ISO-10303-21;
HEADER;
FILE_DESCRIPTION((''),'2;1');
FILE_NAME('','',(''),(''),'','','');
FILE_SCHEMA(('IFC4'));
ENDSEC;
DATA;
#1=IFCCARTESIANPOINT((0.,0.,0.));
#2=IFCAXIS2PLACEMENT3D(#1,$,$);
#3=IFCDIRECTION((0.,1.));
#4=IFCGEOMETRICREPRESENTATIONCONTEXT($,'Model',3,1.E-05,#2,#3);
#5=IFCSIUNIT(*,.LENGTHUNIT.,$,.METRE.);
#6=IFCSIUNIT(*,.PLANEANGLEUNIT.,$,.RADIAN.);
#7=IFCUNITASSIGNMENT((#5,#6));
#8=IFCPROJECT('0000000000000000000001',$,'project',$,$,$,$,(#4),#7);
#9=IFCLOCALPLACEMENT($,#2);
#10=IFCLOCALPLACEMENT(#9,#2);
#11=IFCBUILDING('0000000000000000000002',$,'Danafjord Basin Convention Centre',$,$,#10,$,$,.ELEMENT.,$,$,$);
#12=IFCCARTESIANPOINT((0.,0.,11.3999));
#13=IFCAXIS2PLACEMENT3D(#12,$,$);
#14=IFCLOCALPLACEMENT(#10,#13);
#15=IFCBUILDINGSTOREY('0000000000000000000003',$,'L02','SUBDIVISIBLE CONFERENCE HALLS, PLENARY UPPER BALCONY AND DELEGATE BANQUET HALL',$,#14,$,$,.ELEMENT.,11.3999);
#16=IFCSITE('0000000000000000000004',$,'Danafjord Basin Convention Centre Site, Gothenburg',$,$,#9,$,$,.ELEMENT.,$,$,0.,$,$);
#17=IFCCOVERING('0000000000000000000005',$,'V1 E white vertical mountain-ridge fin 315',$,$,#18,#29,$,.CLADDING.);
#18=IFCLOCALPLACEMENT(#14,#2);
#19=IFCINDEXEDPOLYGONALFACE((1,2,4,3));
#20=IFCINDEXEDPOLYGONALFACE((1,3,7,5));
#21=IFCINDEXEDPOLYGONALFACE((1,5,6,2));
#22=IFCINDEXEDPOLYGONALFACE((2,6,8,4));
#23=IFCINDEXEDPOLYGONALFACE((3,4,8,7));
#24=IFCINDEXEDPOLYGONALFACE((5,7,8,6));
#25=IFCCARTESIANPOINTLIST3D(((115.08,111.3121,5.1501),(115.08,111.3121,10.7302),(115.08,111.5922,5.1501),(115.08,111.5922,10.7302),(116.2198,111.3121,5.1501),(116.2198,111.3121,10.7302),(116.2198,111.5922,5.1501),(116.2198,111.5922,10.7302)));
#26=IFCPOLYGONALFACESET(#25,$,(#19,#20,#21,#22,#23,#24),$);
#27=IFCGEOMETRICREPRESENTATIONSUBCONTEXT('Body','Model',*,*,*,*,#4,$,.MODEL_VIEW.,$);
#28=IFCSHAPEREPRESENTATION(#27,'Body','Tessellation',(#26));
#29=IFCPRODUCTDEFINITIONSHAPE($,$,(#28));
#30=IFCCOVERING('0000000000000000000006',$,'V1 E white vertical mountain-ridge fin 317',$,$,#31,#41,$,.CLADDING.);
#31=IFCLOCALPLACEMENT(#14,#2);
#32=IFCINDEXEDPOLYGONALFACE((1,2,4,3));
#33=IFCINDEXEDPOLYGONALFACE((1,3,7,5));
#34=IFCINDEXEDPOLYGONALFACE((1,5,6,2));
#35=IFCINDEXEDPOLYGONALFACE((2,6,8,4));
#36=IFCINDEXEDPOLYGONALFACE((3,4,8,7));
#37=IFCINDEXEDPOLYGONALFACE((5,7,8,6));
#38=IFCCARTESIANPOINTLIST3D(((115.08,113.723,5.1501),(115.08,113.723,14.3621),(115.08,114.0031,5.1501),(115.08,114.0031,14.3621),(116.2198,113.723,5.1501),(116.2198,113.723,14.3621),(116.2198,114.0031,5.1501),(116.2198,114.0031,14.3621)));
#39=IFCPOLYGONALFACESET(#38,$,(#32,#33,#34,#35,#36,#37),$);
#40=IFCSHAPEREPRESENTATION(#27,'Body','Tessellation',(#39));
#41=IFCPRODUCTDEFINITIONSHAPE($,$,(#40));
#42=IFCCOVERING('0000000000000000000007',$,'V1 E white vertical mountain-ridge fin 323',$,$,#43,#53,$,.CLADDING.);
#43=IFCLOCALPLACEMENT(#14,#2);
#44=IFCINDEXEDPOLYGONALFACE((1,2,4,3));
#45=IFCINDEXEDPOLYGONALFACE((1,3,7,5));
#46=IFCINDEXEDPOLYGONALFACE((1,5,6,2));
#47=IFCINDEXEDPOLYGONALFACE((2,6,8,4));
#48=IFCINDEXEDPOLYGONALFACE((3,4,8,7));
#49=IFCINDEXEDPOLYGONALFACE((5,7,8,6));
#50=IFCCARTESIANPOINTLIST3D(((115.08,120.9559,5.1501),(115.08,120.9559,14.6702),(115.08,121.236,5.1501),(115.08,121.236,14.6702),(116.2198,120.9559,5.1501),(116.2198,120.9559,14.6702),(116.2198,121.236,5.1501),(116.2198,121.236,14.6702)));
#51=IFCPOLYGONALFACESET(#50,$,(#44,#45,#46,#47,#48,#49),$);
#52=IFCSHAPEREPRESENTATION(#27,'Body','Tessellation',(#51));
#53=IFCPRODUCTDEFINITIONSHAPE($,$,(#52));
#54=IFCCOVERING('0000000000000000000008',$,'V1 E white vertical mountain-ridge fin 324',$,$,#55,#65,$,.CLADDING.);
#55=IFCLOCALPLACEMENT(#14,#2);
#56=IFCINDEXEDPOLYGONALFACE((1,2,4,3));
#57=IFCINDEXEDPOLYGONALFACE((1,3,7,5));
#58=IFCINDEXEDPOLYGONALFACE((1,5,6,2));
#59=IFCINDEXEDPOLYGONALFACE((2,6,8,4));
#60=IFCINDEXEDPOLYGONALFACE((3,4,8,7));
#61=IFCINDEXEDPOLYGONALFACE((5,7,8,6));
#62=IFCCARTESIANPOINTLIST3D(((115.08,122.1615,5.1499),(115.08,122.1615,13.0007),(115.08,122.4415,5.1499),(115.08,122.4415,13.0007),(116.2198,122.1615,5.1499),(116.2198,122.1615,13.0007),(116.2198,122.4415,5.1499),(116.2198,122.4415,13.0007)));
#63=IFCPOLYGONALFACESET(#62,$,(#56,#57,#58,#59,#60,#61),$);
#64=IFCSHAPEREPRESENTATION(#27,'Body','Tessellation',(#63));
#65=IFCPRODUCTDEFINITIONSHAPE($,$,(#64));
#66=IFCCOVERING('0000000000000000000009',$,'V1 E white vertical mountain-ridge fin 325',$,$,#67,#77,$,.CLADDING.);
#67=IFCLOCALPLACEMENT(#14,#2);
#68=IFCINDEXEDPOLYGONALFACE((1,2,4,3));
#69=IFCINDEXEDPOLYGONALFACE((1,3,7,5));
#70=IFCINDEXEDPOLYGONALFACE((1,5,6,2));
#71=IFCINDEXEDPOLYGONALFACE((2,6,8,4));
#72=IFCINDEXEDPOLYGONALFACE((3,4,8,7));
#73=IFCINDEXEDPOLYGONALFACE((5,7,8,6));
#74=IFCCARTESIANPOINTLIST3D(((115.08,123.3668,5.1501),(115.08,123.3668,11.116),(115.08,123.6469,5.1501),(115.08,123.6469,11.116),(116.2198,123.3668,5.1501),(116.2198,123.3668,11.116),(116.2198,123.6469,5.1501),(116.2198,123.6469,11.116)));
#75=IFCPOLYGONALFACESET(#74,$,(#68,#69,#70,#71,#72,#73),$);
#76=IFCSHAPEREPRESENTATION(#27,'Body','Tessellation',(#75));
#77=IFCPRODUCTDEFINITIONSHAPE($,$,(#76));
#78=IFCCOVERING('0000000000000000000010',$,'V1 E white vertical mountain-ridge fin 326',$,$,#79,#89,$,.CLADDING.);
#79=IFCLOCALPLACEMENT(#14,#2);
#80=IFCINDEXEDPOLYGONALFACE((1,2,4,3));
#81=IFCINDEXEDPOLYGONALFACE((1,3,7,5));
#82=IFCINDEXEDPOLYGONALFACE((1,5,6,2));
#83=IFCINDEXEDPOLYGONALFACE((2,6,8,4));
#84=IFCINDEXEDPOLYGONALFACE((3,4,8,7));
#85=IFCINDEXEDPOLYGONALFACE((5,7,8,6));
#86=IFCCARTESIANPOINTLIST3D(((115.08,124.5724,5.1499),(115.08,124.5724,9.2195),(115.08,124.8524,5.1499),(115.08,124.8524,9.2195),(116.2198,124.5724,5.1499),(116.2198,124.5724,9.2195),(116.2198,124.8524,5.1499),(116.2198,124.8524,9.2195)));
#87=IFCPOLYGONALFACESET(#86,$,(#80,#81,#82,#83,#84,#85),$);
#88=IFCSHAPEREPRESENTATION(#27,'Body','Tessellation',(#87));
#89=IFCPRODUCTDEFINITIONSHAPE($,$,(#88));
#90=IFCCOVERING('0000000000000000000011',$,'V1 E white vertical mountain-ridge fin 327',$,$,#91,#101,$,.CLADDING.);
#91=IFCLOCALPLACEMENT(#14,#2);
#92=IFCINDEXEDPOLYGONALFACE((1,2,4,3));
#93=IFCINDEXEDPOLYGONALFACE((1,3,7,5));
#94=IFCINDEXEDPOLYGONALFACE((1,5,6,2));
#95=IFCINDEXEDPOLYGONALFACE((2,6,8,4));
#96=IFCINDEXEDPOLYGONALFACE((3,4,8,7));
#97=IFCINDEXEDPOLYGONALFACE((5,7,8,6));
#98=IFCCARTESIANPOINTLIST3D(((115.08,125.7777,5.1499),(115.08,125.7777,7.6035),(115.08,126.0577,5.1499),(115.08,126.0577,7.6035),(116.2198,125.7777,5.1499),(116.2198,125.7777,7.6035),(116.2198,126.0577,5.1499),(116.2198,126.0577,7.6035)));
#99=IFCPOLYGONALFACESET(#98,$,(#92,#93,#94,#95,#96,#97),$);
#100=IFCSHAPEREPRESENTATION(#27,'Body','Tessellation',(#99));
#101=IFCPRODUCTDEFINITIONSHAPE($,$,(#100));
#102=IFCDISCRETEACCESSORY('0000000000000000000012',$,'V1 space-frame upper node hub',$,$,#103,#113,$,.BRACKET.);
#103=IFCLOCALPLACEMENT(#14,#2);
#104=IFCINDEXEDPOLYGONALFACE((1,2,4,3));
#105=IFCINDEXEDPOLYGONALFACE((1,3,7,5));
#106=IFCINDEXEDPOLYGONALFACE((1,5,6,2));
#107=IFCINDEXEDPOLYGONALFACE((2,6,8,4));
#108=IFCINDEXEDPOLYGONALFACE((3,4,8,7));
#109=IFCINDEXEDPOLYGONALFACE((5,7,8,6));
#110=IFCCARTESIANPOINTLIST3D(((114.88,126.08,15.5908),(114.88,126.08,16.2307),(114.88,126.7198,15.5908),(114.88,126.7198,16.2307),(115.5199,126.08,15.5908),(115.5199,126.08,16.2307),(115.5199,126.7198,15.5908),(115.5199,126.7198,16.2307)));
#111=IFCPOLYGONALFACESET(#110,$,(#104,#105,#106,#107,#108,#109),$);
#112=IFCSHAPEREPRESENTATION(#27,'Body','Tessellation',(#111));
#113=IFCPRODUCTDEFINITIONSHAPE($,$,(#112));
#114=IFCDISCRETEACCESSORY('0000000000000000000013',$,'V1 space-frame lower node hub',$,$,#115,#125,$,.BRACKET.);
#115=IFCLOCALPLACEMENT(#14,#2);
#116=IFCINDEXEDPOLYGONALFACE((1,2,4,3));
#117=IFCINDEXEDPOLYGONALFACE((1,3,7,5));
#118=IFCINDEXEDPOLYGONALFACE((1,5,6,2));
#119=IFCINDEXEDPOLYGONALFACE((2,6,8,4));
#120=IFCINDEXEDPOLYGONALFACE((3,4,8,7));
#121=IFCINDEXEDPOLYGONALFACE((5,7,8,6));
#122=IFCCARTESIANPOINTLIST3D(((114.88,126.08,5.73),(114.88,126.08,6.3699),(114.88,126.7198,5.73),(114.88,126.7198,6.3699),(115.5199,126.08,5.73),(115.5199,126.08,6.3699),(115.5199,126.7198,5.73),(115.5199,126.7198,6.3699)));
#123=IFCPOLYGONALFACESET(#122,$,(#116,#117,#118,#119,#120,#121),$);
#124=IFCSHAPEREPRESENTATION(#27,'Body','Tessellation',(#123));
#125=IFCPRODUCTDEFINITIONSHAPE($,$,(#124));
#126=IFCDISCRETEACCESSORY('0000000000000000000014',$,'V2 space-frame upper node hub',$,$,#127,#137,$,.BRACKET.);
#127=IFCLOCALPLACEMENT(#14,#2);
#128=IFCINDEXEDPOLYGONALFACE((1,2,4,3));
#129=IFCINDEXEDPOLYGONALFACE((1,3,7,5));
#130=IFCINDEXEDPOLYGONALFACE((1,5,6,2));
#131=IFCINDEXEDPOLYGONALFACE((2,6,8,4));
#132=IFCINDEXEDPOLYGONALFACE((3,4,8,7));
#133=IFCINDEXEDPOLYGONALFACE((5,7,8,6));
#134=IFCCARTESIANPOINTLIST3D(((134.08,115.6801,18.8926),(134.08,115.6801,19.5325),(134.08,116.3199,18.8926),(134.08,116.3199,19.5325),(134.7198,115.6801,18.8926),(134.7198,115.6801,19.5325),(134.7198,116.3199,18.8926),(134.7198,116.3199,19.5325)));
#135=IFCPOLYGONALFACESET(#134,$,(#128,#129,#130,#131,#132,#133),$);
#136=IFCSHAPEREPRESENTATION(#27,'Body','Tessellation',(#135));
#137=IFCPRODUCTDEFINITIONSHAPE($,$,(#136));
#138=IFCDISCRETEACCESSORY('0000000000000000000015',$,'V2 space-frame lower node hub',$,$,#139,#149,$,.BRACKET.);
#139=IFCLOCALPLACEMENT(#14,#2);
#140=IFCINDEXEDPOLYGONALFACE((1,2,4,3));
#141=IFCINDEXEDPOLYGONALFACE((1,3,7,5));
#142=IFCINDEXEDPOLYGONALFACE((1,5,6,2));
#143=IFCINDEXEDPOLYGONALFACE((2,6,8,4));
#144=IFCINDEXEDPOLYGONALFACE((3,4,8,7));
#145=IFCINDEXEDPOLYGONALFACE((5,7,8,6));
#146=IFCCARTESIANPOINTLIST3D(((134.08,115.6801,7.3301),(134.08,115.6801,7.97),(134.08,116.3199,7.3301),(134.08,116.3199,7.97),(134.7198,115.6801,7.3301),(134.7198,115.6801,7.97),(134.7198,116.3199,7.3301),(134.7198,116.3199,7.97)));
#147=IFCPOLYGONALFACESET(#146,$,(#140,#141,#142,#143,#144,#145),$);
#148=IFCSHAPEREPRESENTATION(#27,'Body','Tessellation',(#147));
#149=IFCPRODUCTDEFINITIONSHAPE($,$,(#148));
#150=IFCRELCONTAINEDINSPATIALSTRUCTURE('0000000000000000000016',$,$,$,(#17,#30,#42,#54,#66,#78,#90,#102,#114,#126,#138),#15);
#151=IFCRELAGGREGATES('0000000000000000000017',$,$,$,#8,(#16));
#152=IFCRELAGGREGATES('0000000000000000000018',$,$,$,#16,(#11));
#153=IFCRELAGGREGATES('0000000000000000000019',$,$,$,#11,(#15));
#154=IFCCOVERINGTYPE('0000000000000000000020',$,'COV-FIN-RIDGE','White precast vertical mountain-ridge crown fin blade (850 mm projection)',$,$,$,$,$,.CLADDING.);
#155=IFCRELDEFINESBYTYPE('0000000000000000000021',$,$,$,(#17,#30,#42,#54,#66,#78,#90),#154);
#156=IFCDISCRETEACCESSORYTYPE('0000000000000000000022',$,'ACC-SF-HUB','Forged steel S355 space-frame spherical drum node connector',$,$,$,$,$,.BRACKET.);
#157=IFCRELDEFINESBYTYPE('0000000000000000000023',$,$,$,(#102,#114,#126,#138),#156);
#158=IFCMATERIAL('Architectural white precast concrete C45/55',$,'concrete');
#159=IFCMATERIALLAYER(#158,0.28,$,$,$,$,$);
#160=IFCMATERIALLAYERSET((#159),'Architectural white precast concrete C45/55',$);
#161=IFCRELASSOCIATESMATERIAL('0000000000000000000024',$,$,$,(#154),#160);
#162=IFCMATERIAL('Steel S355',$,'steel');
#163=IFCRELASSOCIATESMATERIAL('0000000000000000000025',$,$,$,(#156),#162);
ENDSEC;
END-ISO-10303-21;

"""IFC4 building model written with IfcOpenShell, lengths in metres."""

from ifc_helpers import new_model, si_unit, direction, frame, origin, origin_2d, place, context, subcontext, project, spatial, rectangle, extrude, material, layer, layer_set, type_object, element, save


model = new_model("IFC4")

# Units and contexts
model_context = context("Model", 3, precision=1e-05, world=origin(), true_north=direction((0.0, 1.0)))
body_context = subcontext(model_context, "Body", "Model", "MODEL_VIEW")
ifc_project = project(units=[si_unit("LENGTHUNIT", "METRE"), si_unit("PLANEANGLEUNIT", "RADIAN")], contexts=[model_context])

# Site, building, storey
site_placement = place(None, origin())
site = spatial("IfcSite", under=ifc_project, at=site_placement, Name="Danafjord Basin Convention Centre Site, Gothenburg", CompositionType="ELEMENT", RefElevation=0.0)
building_placement = place(site_placement, origin())
building = spatial("IfcBuilding", under=site, at=building_placement, Name="Danafjord Basin Convention Centre", CompositionType="ELEMENT")
storey_placement = place(building_placement, frame((0.0, 0.0, 11.3999)))
storey = spatial("IfcBuildingStorey", under=building, at=storey_placement, Name="L02", Description="SUBDIVISIBLE CONFERENCE HALLS, PLENARY UPPER BALCONY AND DELEGATE BANQUET HALL", CompositionType="ELEMENT", Elevation=11.3999)

# Shared definitions
ifc_material_1 = material(Name="Steel S355", Category="steel")

# Coverings
ifc_material_2 = material(Name="Architectural white precast concrete C45/55", Category="concrete")
ifc_layer_1 = layer(ifc_material_2, 0.28)
ifc_layer_set_1 = layer_set([ifc_layer_1], Name="Architectural white precast concrete C45/55")
covering_type_1 = type_object("IfcCoveringType", Name="COV-FIN-RIDGE", Description="White precast vertical mountain-ridge crown fin blade (850 mm projection)", PredefinedType="CLADDING", material=ifc_layer_set_1)
covering_1_placement = place(storey_placement, frame((115.6499, 111.4521, 5.1501), z_axis=(0.0, 0.0, 1.0), x_axis=(1.0, 0.0, 0.0)))
element("IfcCovering", 1, at=covering_1_placement, inside=storey, type_object=covering_type_1, Name="V1 E white vertical mountain-ridge fin 315", PredefinedType="CLADDING", context=body_context, shape_type="SweptSolid", body=[
    extrude(rectangle(XDim=1.1399, YDim=0.28, at=origin_2d()), origin(), (0.0, 0.0, 1.0), 5.5801),
])
covering_2_placement = place(storey_placement, frame((115.6499, 113.863, 5.1501), z_axis=(0.0, 0.0, 1.0), x_axis=(1.0, 0.0, 0.0)))
element("IfcCovering", 2, at=covering_2_placement, inside=storey, type_object=covering_type_1, Name="V1 E white vertical mountain-ridge fin 317", PredefinedType="CLADDING", context=body_context, shape_type="SweptSolid", body=[
    extrude(rectangle(XDim=1.1399, YDim=0.28, at=origin_2d()), origin(), (0.0, 0.0, 1.0), 9.2119),
])
covering_3_placement = place(storey_placement, frame((115.6499, 121.0959, 5.1501), z_axis=(0.0, 0.0, 1.0), x_axis=(1.0, 0.0, 0.0)))
element("IfcCovering", 3, at=covering_3_placement, inside=storey, type_object=covering_type_1, Name="V1 E white vertical mountain-ridge fin 323", PredefinedType="CLADDING", context=body_context, shape_type="SweptSolid", body=[
    extrude(rectangle(XDim=1.1399, YDim=0.28, at=origin_2d()), origin(), (0.0, 0.0, 1.0), 9.52),
])
covering_4_placement = place(storey_placement, frame((115.6499, 122.3015, 5.1499), z_axis=(0.0, 0.0, 1.0), x_axis=(1.0, 0.0, 0.0)))
element("IfcCovering", 4, at=covering_4_placement, inside=storey, type_object=covering_type_1, Name="V1 E white vertical mountain-ridge fin 324", PredefinedType="CLADDING", context=body_context, shape_type="SweptSolid", body=[
    extrude(rectangle(XDim=1.1399, YDim=0.28, at=origin_2d()), origin(), (0.0, 0.0, 1.0), 7.8508),
])
covering_5_placement = place(storey_placement, frame((115.6499, 123.5068, 5.1501), z_axis=(0.0, 0.0, 1.0), x_axis=(1.0, 0.0, 0.0)))
element("IfcCovering", 5, at=covering_5_placement, inside=storey, type_object=covering_type_1, Name="V1 E white vertical mountain-ridge fin 325", PredefinedType="CLADDING", context=body_context, shape_type="SweptSolid", body=[
    extrude(rectangle(XDim=1.1399, YDim=0.28, at=origin_2d()), origin(), (0.0, 0.0, 1.0), 5.9658),
])
covering_6_placement = place(storey_placement, frame((115.6499, 124.7124, 5.1499), z_axis=(0.0, 0.0, 1.0), x_axis=(1.0, 0.0, 0.0)))
element("IfcCovering", 6, at=covering_6_placement, inside=storey, type_object=covering_type_1, Name="V1 E white vertical mountain-ridge fin 326", PredefinedType="CLADDING", context=body_context, shape_type="SweptSolid", body=[
    extrude(rectangle(XDim=1.1399, YDim=0.28, at=origin_2d()), origin(), (0.0, 0.0, 1.0), 4.0696),
])
covering_7_placement = place(storey_placement, frame((115.6499, 125.9177, 5.1499), z_axis=(0.0, 0.0, 1.0), x_axis=(1.0, 0.0, 0.0)))
element("IfcCovering", 7, at=covering_7_placement, inside=storey, type_object=covering_type_1, Name="V1 E white vertical mountain-ridge fin 327", PredefinedType="CLADDING", context=body_context, shape_type="SweptSolid", body=[
    extrude(rectangle(XDim=1.1399, YDim=0.28, at=origin_2d()), origin(), (0.0, 0.0, 1.0), 2.4536),
])

# Discrete accessories
discrete_accessory_type = type_object("IfcDiscreteAccessoryType", Name="ACC-SF-HUB", Description="Forged steel S355 space-frame spherical drum node connector", PredefinedType="BRACKET", material=ifc_material_1)
for number, where, z_axis, x_axis, name in (
    (8, (115.2, 126.3999, 15.5908), (0.0, 0.0, 1.0), (1.0, 0.0, 0.0), "V1 space-frame upper node hub"),
    (9, (115.2, 126.3999, 5.73), (0.0, 0.0, 1.0), (1.0, 0.0, 0.0), "V1 space-frame lower node hub"),
    (10, (134.3999, 116.0, 18.8926), (0.0, 0.0, 1.0), (1.0, 0.0, 0.0), "V2 space-frame upper node hub"),
    (11, (134.3999, 116.0, 7.3301), (0.0, 0.0, 1.0), (1.0, 0.0, 0.0), "V2 space-frame lower node hub"),
):
    element("IfcDiscreteAccessory", number, at=place(storey_placement, frame(where, z_axis=z_axis, x_axis=x_axis)), inside=storey, type_object=discrete_accessory_type, Name=name, PredefinedType="BRACKET", context=body_context, shape_type="SweptSolid", body=[
        extrude(rectangle(XDim=0.6399, YDim=0.6399, at=origin_2d()), origin(), (0.0, 0.0, 1.0), 0.6399),
    ])

save(model, "model.ifc")
